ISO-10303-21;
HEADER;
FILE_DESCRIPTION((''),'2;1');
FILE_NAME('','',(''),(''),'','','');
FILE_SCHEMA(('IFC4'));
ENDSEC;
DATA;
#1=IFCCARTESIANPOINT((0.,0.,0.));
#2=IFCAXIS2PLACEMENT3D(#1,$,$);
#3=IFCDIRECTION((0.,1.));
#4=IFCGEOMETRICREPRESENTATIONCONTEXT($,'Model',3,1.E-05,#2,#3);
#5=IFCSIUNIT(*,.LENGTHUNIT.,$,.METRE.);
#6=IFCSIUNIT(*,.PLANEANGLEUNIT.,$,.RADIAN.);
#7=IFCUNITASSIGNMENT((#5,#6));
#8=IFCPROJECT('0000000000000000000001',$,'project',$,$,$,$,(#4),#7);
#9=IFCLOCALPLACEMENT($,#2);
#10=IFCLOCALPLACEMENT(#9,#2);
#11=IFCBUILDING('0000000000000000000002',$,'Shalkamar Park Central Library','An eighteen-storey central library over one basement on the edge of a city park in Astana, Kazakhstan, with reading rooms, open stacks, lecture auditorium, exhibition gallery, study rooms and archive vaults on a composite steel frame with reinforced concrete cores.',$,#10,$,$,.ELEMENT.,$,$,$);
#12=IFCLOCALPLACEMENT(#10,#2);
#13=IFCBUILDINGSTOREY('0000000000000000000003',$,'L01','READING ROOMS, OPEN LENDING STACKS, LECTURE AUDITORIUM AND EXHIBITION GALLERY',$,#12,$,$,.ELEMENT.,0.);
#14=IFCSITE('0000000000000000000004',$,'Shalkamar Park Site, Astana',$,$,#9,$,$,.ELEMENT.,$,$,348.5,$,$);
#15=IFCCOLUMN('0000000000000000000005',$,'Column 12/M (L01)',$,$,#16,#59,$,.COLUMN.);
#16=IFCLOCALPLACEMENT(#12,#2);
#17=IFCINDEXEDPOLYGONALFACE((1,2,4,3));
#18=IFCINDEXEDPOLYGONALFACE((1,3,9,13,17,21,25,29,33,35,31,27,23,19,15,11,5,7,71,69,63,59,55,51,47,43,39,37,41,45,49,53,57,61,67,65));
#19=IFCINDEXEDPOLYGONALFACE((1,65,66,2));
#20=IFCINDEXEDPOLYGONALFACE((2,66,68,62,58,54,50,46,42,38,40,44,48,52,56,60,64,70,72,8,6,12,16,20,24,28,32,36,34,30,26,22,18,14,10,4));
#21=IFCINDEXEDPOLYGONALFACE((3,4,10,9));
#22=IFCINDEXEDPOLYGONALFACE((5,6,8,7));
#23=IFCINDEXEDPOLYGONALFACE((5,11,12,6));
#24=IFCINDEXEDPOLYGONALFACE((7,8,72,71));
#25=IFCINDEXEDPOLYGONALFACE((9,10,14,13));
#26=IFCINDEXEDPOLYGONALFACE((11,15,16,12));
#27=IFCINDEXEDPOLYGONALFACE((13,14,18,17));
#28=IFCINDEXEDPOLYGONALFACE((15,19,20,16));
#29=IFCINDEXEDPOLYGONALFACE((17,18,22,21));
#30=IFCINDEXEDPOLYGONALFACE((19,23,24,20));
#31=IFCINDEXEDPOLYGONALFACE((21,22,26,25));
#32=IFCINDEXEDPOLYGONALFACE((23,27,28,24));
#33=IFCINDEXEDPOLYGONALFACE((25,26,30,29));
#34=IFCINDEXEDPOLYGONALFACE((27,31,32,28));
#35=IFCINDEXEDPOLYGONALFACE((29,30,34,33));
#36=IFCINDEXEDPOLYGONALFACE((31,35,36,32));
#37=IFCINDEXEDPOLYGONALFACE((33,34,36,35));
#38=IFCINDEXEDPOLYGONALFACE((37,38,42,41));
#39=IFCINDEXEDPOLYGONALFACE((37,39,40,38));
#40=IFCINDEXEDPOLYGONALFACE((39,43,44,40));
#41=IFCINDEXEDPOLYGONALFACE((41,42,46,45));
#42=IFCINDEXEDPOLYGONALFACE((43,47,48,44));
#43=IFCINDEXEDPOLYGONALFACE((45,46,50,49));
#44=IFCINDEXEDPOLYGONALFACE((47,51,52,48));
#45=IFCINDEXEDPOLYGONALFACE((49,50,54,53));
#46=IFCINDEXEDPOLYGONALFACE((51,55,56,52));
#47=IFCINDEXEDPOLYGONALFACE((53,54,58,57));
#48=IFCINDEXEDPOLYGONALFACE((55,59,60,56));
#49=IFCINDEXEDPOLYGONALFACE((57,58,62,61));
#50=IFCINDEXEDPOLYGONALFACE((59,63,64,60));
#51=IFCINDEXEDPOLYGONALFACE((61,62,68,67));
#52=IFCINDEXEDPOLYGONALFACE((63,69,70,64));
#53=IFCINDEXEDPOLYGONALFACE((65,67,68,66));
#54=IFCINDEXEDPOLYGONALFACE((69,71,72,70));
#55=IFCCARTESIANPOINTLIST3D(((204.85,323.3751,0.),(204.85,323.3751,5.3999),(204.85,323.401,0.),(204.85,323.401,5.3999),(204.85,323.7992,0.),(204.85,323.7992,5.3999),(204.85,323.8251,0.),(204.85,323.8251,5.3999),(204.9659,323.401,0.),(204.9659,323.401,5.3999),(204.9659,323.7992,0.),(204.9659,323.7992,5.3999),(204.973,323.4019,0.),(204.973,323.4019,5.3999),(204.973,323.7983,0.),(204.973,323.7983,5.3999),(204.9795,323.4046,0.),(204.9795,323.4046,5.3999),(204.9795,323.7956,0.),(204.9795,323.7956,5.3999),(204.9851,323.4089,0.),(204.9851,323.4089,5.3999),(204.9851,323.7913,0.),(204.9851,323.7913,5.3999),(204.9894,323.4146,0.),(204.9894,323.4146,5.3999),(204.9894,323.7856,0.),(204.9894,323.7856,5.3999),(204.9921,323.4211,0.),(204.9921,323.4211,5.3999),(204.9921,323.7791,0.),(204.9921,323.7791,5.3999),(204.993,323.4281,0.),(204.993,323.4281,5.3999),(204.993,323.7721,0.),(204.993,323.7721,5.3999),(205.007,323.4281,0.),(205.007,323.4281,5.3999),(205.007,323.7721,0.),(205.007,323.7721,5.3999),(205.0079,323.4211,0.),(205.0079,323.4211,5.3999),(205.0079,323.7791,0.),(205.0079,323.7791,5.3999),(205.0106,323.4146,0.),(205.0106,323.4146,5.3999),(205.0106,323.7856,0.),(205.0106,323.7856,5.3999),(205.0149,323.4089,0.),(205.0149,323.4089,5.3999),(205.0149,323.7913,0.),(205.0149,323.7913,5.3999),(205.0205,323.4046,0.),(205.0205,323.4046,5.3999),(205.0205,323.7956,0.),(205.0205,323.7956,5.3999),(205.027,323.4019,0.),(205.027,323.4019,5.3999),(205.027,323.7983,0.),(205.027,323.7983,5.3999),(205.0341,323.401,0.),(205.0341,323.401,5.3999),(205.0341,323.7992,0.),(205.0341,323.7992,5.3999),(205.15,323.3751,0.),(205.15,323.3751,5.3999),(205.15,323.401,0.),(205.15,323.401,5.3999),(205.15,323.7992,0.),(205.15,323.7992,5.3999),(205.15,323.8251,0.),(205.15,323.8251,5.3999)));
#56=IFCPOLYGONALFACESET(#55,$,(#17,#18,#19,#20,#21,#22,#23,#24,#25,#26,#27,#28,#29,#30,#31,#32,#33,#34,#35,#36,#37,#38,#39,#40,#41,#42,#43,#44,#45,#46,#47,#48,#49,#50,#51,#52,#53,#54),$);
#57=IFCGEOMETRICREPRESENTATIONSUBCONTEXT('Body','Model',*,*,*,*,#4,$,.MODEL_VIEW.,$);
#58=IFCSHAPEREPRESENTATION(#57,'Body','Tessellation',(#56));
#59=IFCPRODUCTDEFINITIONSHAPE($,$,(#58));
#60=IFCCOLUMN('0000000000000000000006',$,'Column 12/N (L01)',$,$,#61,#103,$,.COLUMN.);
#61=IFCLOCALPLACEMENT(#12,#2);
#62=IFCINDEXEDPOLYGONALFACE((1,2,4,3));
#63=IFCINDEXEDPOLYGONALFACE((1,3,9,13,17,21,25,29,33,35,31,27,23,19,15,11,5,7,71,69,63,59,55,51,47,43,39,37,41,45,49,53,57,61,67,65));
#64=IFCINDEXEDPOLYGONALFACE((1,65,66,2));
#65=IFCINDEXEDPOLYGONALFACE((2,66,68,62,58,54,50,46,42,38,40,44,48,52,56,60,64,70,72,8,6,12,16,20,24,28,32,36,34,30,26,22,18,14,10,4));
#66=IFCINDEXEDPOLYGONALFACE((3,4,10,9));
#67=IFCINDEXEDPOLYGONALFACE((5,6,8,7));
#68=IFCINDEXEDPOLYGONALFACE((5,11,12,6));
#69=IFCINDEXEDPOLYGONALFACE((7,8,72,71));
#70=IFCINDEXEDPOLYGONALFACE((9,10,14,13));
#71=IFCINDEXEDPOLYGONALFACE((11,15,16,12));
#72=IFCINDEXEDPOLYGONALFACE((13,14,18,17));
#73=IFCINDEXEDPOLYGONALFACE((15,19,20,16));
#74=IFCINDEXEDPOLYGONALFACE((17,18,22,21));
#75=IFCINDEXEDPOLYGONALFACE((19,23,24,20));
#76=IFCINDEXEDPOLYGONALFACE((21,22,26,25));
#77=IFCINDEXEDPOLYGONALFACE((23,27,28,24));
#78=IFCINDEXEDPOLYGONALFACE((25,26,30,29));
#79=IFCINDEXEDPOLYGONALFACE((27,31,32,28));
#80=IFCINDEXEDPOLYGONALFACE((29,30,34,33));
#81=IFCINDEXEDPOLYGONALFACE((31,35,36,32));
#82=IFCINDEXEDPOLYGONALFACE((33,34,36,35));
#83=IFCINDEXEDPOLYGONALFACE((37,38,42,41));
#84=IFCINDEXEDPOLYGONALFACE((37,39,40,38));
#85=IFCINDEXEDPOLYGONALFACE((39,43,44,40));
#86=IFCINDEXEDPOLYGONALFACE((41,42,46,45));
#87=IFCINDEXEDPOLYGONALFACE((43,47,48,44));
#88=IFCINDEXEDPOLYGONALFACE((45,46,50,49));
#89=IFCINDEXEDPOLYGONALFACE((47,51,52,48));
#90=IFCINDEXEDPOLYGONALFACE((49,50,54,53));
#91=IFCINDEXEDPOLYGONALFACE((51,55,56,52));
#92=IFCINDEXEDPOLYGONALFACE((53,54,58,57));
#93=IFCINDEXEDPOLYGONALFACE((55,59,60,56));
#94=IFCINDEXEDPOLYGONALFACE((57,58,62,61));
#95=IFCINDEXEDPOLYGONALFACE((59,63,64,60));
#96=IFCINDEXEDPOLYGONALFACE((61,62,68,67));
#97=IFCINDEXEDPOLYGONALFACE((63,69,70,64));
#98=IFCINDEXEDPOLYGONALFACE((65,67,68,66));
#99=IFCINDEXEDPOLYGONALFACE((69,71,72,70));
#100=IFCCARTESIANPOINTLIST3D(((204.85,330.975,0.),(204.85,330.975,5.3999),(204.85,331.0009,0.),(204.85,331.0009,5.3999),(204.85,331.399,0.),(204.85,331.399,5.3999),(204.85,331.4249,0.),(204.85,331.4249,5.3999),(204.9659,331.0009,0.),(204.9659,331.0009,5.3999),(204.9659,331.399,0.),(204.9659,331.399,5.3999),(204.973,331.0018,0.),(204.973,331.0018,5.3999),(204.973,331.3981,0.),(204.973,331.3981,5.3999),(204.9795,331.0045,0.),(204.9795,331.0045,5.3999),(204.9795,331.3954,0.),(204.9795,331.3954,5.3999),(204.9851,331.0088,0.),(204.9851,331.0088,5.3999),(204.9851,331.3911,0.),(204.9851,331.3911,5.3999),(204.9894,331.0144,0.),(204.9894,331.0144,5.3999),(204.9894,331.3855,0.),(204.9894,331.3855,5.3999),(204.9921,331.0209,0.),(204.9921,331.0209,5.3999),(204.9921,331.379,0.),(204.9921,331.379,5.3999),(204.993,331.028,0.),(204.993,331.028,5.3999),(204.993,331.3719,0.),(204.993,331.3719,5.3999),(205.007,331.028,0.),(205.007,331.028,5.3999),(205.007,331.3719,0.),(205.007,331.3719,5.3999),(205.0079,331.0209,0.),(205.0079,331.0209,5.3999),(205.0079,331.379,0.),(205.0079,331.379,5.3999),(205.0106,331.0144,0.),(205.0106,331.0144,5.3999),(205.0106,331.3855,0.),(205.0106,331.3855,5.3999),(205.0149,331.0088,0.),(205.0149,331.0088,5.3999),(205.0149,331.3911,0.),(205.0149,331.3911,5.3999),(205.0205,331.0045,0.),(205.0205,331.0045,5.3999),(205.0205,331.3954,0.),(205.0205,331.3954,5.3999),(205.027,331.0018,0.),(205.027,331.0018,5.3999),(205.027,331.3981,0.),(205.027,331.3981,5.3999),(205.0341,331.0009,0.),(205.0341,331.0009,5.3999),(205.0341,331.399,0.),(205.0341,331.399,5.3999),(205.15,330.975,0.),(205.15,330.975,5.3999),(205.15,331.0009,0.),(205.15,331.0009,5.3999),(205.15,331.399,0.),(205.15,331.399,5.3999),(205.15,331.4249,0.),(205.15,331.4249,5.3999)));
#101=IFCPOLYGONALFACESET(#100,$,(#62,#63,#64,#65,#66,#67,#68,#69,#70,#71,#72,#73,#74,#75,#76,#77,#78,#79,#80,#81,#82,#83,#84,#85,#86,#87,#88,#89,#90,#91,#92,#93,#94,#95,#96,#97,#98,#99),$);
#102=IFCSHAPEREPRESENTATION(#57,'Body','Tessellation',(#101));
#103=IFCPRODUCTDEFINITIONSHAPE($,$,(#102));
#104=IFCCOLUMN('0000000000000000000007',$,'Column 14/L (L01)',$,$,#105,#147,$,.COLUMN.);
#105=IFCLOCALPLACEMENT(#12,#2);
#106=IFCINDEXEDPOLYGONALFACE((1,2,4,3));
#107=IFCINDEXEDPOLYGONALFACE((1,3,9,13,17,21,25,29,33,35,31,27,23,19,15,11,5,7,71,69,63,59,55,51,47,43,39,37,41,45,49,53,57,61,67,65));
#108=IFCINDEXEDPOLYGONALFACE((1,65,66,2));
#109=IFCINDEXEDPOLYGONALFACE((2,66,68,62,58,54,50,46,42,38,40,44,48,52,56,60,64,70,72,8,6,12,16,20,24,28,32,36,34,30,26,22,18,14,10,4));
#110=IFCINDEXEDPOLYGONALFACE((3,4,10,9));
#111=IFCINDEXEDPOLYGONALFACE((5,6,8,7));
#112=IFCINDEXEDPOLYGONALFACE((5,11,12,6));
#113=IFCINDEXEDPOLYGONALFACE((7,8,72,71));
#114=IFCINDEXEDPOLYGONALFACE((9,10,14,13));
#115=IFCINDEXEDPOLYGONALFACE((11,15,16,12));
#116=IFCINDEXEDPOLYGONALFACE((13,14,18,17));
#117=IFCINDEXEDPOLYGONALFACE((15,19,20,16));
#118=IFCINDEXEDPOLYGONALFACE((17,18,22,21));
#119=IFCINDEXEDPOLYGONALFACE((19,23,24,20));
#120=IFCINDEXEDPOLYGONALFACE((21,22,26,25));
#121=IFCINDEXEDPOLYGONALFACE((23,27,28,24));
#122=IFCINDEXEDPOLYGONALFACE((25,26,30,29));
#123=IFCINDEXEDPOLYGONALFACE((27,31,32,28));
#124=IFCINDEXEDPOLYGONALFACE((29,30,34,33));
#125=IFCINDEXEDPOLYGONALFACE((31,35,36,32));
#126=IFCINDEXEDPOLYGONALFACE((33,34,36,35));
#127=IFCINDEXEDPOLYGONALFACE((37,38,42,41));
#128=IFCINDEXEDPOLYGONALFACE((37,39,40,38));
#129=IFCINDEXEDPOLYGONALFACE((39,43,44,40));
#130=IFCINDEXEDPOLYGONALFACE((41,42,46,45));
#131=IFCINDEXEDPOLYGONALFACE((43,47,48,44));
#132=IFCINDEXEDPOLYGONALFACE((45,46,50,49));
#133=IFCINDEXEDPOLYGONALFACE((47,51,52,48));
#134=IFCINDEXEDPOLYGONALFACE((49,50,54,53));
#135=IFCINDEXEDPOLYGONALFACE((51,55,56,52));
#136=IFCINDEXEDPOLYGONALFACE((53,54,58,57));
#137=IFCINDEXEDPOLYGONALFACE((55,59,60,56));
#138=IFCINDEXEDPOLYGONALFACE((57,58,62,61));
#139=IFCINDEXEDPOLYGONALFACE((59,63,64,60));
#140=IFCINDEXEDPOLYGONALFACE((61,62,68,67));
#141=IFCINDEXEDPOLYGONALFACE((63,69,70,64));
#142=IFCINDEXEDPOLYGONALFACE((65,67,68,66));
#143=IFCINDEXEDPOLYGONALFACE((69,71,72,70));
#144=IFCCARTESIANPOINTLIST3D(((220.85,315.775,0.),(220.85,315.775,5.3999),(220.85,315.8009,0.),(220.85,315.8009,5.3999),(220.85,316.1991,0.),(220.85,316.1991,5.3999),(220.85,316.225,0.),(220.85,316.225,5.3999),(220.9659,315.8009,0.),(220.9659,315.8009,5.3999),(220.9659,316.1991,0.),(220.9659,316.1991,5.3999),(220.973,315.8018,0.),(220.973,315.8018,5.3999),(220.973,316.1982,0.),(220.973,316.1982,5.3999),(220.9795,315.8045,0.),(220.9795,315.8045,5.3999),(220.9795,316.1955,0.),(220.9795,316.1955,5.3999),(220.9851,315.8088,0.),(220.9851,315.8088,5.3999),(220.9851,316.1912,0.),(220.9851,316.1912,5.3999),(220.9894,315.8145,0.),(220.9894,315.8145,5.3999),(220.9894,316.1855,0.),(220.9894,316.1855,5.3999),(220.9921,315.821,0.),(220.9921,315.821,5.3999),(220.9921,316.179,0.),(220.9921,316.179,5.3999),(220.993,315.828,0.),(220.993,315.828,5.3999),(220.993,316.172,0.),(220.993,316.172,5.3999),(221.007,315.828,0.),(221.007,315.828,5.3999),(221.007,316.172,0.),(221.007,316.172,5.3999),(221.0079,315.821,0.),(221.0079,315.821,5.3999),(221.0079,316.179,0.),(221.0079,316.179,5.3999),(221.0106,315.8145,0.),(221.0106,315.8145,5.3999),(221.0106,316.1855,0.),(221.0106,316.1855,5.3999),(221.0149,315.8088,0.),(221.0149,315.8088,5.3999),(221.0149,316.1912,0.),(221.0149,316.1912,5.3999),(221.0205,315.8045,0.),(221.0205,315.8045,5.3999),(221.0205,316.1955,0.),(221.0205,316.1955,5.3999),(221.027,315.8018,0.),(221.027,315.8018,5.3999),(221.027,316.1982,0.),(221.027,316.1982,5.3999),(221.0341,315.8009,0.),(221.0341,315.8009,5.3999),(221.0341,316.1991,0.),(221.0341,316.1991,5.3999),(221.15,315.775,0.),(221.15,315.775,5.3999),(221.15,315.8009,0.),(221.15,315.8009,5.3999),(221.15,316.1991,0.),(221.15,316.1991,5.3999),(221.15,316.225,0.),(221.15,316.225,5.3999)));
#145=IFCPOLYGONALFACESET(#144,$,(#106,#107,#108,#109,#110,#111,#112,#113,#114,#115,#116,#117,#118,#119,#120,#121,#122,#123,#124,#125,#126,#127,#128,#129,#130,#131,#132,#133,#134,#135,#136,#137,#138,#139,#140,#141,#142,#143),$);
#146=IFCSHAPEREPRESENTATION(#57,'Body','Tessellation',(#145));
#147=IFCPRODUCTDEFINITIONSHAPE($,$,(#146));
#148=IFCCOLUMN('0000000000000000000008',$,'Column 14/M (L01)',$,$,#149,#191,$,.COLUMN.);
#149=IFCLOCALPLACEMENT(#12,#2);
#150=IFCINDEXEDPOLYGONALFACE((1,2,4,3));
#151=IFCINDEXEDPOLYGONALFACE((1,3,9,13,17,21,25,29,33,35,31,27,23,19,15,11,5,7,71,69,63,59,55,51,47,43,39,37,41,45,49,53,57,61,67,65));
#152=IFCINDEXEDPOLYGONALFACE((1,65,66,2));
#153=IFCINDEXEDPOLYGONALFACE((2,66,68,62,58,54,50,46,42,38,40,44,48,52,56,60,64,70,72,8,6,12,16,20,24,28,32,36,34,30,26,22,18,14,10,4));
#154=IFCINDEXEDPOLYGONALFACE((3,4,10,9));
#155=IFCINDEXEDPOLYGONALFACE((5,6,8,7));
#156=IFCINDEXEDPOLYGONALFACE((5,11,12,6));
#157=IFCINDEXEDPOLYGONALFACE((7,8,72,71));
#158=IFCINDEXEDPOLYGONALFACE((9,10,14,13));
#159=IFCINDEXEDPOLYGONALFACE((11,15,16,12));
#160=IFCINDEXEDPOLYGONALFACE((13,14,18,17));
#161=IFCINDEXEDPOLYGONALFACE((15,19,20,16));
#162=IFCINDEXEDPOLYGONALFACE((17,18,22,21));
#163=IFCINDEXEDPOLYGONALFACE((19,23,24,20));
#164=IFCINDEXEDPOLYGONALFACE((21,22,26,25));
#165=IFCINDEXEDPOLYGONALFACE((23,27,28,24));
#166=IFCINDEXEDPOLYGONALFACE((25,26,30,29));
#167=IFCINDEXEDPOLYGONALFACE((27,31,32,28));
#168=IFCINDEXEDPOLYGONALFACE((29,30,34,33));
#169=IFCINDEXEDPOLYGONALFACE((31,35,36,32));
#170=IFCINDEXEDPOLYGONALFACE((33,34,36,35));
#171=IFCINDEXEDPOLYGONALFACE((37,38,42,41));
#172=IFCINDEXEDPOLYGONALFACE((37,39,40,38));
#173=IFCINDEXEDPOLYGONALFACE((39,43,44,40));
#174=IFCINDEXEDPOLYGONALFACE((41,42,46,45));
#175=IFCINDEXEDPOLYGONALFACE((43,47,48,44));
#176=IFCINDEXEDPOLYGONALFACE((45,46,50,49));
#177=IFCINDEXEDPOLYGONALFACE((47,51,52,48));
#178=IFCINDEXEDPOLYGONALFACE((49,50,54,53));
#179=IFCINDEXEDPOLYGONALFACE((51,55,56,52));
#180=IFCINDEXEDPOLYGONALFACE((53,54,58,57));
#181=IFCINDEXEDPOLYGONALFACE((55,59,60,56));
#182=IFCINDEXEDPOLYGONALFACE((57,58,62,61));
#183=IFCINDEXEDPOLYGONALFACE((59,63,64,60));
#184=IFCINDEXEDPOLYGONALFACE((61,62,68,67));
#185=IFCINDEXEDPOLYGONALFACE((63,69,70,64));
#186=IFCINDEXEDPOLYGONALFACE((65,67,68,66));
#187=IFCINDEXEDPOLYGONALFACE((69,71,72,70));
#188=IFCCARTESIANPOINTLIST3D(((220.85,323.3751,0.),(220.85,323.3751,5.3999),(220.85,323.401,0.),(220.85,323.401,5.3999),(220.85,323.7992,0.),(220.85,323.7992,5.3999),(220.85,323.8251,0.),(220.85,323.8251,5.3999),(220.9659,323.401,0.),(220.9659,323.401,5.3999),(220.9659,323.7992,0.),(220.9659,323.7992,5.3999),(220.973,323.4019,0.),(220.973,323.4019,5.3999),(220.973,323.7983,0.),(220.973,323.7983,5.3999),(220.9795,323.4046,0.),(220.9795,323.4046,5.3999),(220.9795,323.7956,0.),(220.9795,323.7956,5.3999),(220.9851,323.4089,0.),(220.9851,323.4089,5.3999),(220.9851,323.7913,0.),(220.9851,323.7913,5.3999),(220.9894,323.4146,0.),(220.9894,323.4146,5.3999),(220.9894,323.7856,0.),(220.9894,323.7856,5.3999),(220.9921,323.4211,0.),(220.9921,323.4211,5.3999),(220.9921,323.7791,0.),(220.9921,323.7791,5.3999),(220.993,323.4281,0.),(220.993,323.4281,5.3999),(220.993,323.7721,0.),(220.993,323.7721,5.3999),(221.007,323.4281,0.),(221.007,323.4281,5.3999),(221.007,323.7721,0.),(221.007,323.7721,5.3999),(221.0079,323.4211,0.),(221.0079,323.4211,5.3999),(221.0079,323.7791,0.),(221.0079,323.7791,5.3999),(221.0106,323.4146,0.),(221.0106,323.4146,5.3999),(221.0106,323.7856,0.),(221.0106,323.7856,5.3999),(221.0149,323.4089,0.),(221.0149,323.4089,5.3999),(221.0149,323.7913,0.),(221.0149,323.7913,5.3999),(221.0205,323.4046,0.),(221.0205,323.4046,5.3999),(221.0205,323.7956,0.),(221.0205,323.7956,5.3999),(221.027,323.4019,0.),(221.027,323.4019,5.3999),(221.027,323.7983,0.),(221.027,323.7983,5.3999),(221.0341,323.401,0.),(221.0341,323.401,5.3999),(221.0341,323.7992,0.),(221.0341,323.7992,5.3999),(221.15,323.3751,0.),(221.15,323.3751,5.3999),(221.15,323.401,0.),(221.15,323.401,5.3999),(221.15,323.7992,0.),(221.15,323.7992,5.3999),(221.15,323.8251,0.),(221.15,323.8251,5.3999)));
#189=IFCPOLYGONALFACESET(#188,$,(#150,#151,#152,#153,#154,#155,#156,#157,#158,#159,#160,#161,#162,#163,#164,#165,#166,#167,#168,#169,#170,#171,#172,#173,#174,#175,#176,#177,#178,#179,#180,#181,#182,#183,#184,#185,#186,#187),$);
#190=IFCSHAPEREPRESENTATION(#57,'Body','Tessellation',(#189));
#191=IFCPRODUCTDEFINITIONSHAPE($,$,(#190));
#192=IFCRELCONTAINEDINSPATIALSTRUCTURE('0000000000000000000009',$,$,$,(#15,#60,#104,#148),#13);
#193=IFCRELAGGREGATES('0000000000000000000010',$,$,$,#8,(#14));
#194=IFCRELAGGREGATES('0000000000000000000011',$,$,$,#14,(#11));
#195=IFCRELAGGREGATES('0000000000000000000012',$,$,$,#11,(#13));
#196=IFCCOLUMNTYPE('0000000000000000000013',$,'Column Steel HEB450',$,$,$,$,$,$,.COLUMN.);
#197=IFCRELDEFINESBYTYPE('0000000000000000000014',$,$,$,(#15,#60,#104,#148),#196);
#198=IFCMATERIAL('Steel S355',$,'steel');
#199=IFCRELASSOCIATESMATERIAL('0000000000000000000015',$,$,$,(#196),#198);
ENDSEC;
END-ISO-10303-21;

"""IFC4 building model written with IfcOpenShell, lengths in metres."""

from ifc_helpers import new_model, si_unit, direction, frame, origin, origin_2d, place, context, subcontext, project, spatial, i_section, extrude, material, material_profile, profile_set, type_object, element, save


model = new_model("IFC4")

# Units and contexts
model_context = context("Model", 3, precision=1e-05, world=origin(), true_north=direction((0.0, 1.0)))
body_context = subcontext(model_context, "Body", "Model", "MODEL_VIEW")
ifc_project = project(units=[si_unit("LENGTHUNIT", "METRE"), si_unit("PLANEANGLEUNIT", "RADIAN")], contexts=[model_context])

# Site, building, storey
site_placement = place(None, origin())
site = spatial("IfcSite", under=ifc_project, at=site_placement, Name="Shalkamar Park Site, Astana", CompositionType="ELEMENT", RefElevation=348.5)
building_placement = place(site_placement, origin())
building = spatial("IfcBuilding", under=site, at=building_placement, Name="Shalkamar Park Central Library", Description="An eighteen-storey central library over one basement on the edge of a city park in Astana, Kazakhstan, with reading rooms, open stacks, lecture auditorium, exhibition gallery, study rooms and archive vaults on a composite steel frame with reinforced concrete cores.", CompositionType="ELEMENT")
storey_placement = place(building_placement, origin())
storey = spatial("IfcBuildingStorey", under=building, at=storey_placement, Name="L01", Description="READING ROOMS, OPEN LENDING STACKS, LECTURE AUDITORIUM AND EXHIBITION GALLERY", CompositionType="ELEMENT", Elevation=0.0)

# Columns
ifc_material_1 = material(Name="Steel S355", Category="steel")
ifc_material_profile_1 = material_profile(ifc_material_1, i_section(OverallWidth=0.3, OverallDepth=0.45, WebThickness=0.0139, FlangeThickness=0.0259, FilletRadius=0.0271, at=origin_2d()), Name="HEB 450")
ifc_profile_set_1 = profile_set([ifc_material_profile_1], Name="Steel S355")
column_type_1 = type_object("IfcColumnType", Name="Column Steel HEB450", PredefinedType="COLUMN", material=ifc_profile_set_1)
for number, where, z_axis, x_axis, name in (
    (1, (205.0, 323.6001, 0.0), (0.0, 0.0, 1.0), (1.0, 0.0, 0.0), "Column 12/M (L01)"),
    (2, (205.0, 331.2, 0.0), (0.0, 0.0, 1.0), (1.0, 0.0, 0.0), "Column 12/N (L01)"),
    (3, (221.0, 316.0, 0.0), (0.0, 0.0, 1.0), (1.0, 0.0, 0.0), "Column 14/L (L01)"),
    (4, (221.0, 323.6001, 0.0), (0.0, 0.0, 1.0), (1.0, 0.0, 0.0), "Column 14/M (L01)"),
):
    element("IfcColumn", number, at=place(storey_placement, frame(where, z_axis=z_axis, x_axis=x_axis)), inside=storey, type_object=column_type_1, Name=name, PredefinedType="COLUMN", context=body_context, shape_type="SweptSolid", body=[
        extrude(i_section(OverallWidth=0.3, OverallDepth=0.45, WebThickness=0.0139, FlangeThickness=0.0259, FilletRadius=0.0271, at=origin_2d()), origin(), (0.0, 0.0, 1.0), 5.3999),
    ])

save(model, "model.ifc")
